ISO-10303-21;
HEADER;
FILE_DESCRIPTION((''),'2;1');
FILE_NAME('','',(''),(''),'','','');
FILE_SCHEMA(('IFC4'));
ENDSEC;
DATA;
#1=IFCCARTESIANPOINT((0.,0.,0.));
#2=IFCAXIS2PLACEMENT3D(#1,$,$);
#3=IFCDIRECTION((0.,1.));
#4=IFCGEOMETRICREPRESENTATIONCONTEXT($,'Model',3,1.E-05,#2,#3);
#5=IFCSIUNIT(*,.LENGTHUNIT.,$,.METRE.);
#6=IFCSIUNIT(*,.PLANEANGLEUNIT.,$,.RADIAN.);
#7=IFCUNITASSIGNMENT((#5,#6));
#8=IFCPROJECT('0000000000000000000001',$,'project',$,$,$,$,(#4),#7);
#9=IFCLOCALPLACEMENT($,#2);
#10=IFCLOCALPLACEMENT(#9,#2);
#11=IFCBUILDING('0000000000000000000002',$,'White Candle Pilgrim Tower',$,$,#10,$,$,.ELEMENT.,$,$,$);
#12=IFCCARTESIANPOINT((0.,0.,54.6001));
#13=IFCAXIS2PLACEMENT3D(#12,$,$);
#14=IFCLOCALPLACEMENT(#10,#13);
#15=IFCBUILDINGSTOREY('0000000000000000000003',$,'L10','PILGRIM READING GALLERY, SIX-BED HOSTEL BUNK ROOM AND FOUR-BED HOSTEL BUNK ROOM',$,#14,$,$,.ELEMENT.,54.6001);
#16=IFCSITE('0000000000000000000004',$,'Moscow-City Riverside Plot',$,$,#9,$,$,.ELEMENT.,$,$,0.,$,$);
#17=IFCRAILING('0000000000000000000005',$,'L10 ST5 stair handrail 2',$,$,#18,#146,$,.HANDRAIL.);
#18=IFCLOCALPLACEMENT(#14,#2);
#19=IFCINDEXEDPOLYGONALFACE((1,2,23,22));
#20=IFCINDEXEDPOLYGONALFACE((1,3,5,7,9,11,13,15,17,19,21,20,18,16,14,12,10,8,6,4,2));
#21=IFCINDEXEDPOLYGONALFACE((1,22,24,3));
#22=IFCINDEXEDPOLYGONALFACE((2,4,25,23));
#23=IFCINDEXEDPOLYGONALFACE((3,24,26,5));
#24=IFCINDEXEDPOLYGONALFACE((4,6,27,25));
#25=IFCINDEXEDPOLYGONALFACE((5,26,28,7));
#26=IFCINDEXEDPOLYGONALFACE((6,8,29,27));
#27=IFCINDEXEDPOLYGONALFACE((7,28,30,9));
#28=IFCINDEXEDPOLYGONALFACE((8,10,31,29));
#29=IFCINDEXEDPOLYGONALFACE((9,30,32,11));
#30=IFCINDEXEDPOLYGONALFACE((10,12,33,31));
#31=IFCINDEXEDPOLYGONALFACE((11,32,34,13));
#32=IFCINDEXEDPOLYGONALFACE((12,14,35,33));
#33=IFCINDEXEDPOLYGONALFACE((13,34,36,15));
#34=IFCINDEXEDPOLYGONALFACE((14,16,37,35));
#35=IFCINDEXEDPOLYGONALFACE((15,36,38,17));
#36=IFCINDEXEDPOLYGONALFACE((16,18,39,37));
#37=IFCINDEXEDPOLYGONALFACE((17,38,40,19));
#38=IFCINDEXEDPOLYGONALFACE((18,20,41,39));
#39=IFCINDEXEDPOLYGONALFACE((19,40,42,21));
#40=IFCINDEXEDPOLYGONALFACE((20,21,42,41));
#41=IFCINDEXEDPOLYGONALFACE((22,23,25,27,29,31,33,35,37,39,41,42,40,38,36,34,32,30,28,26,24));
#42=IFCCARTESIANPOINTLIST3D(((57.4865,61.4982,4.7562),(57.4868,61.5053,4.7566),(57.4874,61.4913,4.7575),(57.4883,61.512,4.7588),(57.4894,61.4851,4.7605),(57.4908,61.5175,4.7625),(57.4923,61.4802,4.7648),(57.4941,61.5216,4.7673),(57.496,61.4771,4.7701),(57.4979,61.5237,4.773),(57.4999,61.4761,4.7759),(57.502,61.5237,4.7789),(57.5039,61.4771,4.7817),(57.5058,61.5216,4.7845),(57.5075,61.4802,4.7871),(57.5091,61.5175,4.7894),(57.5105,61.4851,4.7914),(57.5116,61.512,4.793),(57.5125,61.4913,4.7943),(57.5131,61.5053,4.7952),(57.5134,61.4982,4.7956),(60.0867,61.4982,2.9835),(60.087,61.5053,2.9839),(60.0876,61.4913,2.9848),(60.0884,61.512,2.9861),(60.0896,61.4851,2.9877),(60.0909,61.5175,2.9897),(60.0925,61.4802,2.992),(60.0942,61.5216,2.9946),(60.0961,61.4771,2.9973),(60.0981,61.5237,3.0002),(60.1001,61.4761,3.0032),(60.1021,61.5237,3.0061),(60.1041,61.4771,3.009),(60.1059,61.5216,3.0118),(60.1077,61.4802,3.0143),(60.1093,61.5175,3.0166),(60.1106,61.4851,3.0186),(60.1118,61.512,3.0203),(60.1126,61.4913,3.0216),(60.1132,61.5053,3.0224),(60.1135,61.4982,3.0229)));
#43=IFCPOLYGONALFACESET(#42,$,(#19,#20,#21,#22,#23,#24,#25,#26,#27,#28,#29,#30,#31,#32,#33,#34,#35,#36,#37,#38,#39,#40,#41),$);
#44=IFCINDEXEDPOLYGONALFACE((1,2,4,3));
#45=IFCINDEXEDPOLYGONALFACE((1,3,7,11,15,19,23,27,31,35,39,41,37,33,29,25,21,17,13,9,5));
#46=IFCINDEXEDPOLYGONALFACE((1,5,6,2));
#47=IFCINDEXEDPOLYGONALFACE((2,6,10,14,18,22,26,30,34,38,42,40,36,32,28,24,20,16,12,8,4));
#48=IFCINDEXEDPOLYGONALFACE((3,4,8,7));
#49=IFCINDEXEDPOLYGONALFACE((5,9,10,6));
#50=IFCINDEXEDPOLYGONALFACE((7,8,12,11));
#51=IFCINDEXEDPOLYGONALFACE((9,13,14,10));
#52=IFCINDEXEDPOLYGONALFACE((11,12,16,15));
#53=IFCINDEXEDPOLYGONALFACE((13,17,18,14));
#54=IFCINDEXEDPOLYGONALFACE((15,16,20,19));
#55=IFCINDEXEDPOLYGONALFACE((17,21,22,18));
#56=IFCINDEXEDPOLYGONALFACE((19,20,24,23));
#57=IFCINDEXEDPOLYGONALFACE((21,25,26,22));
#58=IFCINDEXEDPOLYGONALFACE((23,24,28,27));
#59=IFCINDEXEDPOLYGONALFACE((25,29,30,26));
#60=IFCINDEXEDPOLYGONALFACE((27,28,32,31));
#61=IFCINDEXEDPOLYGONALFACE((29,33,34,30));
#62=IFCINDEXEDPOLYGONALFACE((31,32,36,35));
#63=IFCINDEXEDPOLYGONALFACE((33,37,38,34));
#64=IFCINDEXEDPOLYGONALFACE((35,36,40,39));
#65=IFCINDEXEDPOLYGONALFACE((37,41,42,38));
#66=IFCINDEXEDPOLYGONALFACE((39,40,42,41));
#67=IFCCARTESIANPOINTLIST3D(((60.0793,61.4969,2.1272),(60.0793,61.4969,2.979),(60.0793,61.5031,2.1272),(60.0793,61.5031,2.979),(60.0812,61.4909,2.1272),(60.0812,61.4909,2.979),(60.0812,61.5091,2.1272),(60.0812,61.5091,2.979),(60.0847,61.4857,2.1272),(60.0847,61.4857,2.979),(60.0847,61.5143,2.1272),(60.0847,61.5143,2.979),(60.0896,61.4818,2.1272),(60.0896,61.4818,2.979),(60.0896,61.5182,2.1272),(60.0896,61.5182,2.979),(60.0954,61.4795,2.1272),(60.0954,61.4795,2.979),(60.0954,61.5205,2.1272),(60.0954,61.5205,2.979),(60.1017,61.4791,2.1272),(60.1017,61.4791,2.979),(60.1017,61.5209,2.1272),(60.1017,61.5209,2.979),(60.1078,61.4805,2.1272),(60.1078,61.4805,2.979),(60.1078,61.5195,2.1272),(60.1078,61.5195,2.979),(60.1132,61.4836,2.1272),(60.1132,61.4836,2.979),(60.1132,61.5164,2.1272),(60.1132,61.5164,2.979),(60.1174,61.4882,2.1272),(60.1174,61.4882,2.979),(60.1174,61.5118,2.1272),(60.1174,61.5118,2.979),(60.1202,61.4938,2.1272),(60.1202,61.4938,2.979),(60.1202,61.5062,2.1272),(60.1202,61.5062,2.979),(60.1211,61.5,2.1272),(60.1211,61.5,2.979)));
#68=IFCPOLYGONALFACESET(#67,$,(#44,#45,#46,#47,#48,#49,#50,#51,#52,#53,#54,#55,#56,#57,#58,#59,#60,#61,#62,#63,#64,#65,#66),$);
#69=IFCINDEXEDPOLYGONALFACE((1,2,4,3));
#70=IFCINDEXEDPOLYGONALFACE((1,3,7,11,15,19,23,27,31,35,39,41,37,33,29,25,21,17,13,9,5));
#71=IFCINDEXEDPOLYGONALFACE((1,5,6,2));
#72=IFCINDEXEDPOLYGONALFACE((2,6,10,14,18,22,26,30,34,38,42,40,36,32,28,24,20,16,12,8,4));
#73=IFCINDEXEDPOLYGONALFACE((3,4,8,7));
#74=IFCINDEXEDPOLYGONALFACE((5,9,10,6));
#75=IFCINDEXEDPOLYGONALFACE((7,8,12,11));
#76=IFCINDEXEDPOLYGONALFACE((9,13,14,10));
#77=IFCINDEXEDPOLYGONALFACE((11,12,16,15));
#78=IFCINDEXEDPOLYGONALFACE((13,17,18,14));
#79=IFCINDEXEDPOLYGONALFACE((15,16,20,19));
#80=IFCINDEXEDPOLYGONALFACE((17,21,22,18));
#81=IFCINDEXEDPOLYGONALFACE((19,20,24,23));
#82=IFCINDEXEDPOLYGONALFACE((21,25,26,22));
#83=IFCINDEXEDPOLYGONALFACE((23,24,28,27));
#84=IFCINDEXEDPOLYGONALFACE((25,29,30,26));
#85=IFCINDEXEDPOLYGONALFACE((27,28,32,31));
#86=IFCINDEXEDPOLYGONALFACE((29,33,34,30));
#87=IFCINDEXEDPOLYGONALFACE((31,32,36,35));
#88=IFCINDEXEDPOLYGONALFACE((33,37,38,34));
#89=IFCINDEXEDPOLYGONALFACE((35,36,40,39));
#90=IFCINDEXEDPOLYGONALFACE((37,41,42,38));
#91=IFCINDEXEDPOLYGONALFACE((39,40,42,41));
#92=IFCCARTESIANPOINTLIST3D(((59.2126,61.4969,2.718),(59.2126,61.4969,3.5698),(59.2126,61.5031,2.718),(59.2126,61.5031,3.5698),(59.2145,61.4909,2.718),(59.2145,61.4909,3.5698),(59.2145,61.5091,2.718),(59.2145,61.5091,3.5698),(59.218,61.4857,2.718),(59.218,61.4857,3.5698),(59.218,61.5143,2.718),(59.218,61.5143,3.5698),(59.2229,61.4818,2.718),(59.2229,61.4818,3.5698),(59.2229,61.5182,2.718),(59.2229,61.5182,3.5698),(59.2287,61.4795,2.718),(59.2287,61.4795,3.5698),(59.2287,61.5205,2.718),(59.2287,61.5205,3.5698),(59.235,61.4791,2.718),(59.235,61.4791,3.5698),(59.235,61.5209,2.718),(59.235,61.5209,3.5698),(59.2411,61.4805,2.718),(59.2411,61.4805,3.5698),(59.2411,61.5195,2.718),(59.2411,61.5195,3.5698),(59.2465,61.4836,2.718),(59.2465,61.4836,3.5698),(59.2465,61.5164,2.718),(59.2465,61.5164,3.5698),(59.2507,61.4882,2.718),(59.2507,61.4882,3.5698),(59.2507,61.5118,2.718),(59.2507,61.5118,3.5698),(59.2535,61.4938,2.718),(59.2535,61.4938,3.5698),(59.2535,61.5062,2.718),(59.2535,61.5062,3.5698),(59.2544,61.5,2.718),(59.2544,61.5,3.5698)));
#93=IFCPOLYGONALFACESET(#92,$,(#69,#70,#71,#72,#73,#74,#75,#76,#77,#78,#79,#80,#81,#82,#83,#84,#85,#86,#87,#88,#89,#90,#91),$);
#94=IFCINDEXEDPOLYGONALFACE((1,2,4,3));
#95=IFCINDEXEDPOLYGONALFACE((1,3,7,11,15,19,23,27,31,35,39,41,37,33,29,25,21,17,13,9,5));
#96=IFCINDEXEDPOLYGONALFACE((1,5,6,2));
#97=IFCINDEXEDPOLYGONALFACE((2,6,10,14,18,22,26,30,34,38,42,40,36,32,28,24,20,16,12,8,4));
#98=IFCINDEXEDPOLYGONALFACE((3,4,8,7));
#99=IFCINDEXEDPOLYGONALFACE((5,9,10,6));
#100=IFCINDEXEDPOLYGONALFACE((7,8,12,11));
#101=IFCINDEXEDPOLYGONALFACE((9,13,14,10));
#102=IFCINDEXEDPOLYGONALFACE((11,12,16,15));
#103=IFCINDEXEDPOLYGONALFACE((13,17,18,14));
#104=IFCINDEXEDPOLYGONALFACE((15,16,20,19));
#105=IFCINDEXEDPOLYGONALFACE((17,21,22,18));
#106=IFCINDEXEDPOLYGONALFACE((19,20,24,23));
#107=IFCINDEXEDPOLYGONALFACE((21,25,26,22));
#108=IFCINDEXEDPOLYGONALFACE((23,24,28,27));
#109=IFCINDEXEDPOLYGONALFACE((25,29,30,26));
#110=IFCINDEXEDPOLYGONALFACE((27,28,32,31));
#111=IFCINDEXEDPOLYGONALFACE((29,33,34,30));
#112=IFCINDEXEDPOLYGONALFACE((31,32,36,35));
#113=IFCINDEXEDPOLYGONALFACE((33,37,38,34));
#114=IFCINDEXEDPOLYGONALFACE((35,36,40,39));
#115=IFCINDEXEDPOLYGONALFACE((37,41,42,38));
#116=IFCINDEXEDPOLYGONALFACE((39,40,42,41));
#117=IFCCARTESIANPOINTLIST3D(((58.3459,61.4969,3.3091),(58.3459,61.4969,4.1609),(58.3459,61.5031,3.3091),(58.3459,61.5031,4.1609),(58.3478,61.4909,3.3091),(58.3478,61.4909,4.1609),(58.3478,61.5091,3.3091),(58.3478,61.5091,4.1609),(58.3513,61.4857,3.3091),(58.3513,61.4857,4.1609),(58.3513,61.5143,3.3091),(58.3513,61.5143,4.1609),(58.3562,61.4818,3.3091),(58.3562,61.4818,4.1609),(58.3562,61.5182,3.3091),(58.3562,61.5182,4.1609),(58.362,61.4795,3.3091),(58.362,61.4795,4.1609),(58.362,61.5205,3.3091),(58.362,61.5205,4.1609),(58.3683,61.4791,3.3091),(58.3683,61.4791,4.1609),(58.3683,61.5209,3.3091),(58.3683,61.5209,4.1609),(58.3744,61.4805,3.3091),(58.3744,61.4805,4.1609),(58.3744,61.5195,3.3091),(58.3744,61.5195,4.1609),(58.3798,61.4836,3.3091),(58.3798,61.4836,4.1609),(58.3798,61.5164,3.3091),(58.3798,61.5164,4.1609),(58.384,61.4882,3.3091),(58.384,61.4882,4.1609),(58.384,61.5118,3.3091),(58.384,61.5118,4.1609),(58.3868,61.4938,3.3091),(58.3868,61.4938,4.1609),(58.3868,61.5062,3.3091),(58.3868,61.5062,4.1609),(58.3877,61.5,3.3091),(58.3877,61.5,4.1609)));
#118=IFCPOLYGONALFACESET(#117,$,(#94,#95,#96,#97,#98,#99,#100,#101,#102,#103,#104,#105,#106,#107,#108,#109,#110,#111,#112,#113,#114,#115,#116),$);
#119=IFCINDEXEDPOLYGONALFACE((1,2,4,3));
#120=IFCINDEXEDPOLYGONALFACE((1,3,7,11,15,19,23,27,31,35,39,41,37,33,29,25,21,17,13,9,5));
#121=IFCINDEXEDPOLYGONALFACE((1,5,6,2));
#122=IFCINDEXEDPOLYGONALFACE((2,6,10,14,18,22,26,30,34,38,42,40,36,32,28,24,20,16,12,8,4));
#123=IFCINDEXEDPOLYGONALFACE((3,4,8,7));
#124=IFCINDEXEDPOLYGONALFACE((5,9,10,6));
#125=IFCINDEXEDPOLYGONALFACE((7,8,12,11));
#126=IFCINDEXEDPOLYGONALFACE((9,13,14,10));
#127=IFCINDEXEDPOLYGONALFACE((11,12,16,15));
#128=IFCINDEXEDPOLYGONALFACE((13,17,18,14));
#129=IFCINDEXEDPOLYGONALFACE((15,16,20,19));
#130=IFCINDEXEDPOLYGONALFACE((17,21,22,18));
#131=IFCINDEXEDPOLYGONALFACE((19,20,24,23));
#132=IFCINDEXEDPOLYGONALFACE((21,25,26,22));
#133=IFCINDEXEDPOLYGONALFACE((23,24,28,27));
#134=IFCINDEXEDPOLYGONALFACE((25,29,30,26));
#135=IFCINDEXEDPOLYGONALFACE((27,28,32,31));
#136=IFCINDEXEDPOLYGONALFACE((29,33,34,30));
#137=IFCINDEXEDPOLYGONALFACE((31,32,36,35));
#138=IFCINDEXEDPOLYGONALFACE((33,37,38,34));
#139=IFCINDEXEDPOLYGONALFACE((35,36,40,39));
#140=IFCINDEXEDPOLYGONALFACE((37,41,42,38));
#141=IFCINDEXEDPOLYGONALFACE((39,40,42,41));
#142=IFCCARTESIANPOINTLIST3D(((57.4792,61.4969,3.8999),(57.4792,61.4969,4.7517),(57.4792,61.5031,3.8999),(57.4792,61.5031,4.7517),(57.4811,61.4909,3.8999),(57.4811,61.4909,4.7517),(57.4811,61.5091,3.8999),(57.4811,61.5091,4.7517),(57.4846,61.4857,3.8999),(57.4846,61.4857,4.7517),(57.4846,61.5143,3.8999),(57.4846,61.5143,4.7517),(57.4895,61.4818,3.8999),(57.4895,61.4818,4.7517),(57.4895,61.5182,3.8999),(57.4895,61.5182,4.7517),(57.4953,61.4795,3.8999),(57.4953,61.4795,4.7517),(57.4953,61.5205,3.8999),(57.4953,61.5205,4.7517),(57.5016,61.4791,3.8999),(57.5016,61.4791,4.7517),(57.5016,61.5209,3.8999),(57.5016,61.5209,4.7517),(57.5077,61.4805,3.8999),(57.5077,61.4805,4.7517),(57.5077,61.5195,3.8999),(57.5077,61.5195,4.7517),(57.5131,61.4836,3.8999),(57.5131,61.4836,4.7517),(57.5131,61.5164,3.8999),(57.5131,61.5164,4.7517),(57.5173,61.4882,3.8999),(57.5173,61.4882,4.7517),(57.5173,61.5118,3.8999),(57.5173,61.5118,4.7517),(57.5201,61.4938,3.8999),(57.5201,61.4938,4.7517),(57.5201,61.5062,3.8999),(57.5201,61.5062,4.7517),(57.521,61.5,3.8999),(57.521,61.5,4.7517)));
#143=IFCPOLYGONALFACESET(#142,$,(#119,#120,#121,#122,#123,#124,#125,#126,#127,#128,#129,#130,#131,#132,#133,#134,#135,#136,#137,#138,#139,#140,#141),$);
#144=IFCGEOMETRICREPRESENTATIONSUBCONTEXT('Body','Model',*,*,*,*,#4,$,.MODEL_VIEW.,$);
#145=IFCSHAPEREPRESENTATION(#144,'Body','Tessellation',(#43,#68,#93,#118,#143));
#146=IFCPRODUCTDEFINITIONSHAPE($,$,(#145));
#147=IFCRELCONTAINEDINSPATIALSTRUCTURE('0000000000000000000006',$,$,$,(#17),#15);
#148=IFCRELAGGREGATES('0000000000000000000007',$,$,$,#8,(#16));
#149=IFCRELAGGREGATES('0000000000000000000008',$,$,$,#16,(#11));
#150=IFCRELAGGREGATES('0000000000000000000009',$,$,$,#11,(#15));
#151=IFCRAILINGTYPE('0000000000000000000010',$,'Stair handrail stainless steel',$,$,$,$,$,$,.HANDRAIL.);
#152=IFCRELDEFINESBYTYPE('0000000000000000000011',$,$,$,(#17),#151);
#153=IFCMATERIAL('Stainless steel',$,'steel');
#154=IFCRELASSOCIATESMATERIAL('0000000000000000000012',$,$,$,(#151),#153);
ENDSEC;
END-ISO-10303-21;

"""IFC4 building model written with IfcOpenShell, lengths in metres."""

from ifc_helpers import new_model, si_unit, direction, frame, origin, origin_2d, place, context, subcontext, project, spatial, circle, extrude, material, type_object, element, save


model = new_model("IFC4")

# Units and contexts
model_context = context("Model", 3, precision=1e-05, world=origin(), true_north=direction((0.0, 1.0)))
body_context = subcontext(model_context, "Body", "Model", "MODEL_VIEW")
ifc_project = project(units=[si_unit("LENGTHUNIT", "METRE"), si_unit("PLANEANGLEUNIT", "RADIAN")], contexts=[model_context])

# Site, building, storey
site_placement = place(None, origin())
site = spatial("IfcSite", under=ifc_project, at=site_placement, Name="Moscow-City Riverside Plot", CompositionType="ELEMENT", RefElevation=0.0)
building_placement = place(site_placement, origin())
building = spatial("IfcBuilding", under=site, at=building_placement, Name="White Candle Pilgrim Tower", CompositionType="ELEMENT")
storey_placement = place(building_placement, frame((0.0, 0.0, 54.6001)))
storey = spatial("IfcBuildingStorey", under=building, at=storey_placement, Name="L10", Description="PILGRIM READING GALLERY, SIX-BED HOSTEL BUNK ROOM AND FOUR-BED HOSTEL BUNK ROOM", CompositionType="ELEMENT", Elevation=54.6001)

# Shared definitions
ifc_material_1 = material(Name="Stainless steel", Category="steel")

# Railing
railing_type_1 = type_object("IfcRailingType", Name="Stair handrail stainless steel", PredefinedType="HANDRAIL", material=ifc_material_1)
railing_1_placement = place(storey_placement, frame((60.1001, 61.5, 2.1272)))
element("IfcRailing", 1, at=railing_1_placement, inside=storey, type_object=railing_type_1, Name="L10 ST5 stair handrail 2", PredefinedType="HANDRAIL", context=body_context, shape_type="SweptSolid", body=[
    extrude(circle(Radius=0.0239, at=origin_2d()), frame((0.0, 0.0, 0.876), z_axis=(-0.82624, 0.0, 0.563318), x_axis=(0.0, -1.0, 0.0)), (0.0, 0.0, 1.0), 3.147),
    extrude(circle(Radius=0.021, at=origin_2d()), origin(), (0.0, 0.0, 1.0), 0.8518),
    extrude(circle(Radius=0.021, at=origin_2d()), frame((-0.8667, 0.0, 0.5908)), (0.0, 0.0, 1.0), 0.8518),
    extrude(circle(Radius=0.021, at=origin_2d()), frame((-1.7334, 0.0, 1.1819)), (0.0, 0.0, 1.0), 0.8518),
    extrude(circle(Radius=0.021, at=origin_2d()), frame((-2.6001, 0.0, 1.7727)), (0.0, 0.0, 1.0), 0.8518),
])

save(model, "model.ifc")
